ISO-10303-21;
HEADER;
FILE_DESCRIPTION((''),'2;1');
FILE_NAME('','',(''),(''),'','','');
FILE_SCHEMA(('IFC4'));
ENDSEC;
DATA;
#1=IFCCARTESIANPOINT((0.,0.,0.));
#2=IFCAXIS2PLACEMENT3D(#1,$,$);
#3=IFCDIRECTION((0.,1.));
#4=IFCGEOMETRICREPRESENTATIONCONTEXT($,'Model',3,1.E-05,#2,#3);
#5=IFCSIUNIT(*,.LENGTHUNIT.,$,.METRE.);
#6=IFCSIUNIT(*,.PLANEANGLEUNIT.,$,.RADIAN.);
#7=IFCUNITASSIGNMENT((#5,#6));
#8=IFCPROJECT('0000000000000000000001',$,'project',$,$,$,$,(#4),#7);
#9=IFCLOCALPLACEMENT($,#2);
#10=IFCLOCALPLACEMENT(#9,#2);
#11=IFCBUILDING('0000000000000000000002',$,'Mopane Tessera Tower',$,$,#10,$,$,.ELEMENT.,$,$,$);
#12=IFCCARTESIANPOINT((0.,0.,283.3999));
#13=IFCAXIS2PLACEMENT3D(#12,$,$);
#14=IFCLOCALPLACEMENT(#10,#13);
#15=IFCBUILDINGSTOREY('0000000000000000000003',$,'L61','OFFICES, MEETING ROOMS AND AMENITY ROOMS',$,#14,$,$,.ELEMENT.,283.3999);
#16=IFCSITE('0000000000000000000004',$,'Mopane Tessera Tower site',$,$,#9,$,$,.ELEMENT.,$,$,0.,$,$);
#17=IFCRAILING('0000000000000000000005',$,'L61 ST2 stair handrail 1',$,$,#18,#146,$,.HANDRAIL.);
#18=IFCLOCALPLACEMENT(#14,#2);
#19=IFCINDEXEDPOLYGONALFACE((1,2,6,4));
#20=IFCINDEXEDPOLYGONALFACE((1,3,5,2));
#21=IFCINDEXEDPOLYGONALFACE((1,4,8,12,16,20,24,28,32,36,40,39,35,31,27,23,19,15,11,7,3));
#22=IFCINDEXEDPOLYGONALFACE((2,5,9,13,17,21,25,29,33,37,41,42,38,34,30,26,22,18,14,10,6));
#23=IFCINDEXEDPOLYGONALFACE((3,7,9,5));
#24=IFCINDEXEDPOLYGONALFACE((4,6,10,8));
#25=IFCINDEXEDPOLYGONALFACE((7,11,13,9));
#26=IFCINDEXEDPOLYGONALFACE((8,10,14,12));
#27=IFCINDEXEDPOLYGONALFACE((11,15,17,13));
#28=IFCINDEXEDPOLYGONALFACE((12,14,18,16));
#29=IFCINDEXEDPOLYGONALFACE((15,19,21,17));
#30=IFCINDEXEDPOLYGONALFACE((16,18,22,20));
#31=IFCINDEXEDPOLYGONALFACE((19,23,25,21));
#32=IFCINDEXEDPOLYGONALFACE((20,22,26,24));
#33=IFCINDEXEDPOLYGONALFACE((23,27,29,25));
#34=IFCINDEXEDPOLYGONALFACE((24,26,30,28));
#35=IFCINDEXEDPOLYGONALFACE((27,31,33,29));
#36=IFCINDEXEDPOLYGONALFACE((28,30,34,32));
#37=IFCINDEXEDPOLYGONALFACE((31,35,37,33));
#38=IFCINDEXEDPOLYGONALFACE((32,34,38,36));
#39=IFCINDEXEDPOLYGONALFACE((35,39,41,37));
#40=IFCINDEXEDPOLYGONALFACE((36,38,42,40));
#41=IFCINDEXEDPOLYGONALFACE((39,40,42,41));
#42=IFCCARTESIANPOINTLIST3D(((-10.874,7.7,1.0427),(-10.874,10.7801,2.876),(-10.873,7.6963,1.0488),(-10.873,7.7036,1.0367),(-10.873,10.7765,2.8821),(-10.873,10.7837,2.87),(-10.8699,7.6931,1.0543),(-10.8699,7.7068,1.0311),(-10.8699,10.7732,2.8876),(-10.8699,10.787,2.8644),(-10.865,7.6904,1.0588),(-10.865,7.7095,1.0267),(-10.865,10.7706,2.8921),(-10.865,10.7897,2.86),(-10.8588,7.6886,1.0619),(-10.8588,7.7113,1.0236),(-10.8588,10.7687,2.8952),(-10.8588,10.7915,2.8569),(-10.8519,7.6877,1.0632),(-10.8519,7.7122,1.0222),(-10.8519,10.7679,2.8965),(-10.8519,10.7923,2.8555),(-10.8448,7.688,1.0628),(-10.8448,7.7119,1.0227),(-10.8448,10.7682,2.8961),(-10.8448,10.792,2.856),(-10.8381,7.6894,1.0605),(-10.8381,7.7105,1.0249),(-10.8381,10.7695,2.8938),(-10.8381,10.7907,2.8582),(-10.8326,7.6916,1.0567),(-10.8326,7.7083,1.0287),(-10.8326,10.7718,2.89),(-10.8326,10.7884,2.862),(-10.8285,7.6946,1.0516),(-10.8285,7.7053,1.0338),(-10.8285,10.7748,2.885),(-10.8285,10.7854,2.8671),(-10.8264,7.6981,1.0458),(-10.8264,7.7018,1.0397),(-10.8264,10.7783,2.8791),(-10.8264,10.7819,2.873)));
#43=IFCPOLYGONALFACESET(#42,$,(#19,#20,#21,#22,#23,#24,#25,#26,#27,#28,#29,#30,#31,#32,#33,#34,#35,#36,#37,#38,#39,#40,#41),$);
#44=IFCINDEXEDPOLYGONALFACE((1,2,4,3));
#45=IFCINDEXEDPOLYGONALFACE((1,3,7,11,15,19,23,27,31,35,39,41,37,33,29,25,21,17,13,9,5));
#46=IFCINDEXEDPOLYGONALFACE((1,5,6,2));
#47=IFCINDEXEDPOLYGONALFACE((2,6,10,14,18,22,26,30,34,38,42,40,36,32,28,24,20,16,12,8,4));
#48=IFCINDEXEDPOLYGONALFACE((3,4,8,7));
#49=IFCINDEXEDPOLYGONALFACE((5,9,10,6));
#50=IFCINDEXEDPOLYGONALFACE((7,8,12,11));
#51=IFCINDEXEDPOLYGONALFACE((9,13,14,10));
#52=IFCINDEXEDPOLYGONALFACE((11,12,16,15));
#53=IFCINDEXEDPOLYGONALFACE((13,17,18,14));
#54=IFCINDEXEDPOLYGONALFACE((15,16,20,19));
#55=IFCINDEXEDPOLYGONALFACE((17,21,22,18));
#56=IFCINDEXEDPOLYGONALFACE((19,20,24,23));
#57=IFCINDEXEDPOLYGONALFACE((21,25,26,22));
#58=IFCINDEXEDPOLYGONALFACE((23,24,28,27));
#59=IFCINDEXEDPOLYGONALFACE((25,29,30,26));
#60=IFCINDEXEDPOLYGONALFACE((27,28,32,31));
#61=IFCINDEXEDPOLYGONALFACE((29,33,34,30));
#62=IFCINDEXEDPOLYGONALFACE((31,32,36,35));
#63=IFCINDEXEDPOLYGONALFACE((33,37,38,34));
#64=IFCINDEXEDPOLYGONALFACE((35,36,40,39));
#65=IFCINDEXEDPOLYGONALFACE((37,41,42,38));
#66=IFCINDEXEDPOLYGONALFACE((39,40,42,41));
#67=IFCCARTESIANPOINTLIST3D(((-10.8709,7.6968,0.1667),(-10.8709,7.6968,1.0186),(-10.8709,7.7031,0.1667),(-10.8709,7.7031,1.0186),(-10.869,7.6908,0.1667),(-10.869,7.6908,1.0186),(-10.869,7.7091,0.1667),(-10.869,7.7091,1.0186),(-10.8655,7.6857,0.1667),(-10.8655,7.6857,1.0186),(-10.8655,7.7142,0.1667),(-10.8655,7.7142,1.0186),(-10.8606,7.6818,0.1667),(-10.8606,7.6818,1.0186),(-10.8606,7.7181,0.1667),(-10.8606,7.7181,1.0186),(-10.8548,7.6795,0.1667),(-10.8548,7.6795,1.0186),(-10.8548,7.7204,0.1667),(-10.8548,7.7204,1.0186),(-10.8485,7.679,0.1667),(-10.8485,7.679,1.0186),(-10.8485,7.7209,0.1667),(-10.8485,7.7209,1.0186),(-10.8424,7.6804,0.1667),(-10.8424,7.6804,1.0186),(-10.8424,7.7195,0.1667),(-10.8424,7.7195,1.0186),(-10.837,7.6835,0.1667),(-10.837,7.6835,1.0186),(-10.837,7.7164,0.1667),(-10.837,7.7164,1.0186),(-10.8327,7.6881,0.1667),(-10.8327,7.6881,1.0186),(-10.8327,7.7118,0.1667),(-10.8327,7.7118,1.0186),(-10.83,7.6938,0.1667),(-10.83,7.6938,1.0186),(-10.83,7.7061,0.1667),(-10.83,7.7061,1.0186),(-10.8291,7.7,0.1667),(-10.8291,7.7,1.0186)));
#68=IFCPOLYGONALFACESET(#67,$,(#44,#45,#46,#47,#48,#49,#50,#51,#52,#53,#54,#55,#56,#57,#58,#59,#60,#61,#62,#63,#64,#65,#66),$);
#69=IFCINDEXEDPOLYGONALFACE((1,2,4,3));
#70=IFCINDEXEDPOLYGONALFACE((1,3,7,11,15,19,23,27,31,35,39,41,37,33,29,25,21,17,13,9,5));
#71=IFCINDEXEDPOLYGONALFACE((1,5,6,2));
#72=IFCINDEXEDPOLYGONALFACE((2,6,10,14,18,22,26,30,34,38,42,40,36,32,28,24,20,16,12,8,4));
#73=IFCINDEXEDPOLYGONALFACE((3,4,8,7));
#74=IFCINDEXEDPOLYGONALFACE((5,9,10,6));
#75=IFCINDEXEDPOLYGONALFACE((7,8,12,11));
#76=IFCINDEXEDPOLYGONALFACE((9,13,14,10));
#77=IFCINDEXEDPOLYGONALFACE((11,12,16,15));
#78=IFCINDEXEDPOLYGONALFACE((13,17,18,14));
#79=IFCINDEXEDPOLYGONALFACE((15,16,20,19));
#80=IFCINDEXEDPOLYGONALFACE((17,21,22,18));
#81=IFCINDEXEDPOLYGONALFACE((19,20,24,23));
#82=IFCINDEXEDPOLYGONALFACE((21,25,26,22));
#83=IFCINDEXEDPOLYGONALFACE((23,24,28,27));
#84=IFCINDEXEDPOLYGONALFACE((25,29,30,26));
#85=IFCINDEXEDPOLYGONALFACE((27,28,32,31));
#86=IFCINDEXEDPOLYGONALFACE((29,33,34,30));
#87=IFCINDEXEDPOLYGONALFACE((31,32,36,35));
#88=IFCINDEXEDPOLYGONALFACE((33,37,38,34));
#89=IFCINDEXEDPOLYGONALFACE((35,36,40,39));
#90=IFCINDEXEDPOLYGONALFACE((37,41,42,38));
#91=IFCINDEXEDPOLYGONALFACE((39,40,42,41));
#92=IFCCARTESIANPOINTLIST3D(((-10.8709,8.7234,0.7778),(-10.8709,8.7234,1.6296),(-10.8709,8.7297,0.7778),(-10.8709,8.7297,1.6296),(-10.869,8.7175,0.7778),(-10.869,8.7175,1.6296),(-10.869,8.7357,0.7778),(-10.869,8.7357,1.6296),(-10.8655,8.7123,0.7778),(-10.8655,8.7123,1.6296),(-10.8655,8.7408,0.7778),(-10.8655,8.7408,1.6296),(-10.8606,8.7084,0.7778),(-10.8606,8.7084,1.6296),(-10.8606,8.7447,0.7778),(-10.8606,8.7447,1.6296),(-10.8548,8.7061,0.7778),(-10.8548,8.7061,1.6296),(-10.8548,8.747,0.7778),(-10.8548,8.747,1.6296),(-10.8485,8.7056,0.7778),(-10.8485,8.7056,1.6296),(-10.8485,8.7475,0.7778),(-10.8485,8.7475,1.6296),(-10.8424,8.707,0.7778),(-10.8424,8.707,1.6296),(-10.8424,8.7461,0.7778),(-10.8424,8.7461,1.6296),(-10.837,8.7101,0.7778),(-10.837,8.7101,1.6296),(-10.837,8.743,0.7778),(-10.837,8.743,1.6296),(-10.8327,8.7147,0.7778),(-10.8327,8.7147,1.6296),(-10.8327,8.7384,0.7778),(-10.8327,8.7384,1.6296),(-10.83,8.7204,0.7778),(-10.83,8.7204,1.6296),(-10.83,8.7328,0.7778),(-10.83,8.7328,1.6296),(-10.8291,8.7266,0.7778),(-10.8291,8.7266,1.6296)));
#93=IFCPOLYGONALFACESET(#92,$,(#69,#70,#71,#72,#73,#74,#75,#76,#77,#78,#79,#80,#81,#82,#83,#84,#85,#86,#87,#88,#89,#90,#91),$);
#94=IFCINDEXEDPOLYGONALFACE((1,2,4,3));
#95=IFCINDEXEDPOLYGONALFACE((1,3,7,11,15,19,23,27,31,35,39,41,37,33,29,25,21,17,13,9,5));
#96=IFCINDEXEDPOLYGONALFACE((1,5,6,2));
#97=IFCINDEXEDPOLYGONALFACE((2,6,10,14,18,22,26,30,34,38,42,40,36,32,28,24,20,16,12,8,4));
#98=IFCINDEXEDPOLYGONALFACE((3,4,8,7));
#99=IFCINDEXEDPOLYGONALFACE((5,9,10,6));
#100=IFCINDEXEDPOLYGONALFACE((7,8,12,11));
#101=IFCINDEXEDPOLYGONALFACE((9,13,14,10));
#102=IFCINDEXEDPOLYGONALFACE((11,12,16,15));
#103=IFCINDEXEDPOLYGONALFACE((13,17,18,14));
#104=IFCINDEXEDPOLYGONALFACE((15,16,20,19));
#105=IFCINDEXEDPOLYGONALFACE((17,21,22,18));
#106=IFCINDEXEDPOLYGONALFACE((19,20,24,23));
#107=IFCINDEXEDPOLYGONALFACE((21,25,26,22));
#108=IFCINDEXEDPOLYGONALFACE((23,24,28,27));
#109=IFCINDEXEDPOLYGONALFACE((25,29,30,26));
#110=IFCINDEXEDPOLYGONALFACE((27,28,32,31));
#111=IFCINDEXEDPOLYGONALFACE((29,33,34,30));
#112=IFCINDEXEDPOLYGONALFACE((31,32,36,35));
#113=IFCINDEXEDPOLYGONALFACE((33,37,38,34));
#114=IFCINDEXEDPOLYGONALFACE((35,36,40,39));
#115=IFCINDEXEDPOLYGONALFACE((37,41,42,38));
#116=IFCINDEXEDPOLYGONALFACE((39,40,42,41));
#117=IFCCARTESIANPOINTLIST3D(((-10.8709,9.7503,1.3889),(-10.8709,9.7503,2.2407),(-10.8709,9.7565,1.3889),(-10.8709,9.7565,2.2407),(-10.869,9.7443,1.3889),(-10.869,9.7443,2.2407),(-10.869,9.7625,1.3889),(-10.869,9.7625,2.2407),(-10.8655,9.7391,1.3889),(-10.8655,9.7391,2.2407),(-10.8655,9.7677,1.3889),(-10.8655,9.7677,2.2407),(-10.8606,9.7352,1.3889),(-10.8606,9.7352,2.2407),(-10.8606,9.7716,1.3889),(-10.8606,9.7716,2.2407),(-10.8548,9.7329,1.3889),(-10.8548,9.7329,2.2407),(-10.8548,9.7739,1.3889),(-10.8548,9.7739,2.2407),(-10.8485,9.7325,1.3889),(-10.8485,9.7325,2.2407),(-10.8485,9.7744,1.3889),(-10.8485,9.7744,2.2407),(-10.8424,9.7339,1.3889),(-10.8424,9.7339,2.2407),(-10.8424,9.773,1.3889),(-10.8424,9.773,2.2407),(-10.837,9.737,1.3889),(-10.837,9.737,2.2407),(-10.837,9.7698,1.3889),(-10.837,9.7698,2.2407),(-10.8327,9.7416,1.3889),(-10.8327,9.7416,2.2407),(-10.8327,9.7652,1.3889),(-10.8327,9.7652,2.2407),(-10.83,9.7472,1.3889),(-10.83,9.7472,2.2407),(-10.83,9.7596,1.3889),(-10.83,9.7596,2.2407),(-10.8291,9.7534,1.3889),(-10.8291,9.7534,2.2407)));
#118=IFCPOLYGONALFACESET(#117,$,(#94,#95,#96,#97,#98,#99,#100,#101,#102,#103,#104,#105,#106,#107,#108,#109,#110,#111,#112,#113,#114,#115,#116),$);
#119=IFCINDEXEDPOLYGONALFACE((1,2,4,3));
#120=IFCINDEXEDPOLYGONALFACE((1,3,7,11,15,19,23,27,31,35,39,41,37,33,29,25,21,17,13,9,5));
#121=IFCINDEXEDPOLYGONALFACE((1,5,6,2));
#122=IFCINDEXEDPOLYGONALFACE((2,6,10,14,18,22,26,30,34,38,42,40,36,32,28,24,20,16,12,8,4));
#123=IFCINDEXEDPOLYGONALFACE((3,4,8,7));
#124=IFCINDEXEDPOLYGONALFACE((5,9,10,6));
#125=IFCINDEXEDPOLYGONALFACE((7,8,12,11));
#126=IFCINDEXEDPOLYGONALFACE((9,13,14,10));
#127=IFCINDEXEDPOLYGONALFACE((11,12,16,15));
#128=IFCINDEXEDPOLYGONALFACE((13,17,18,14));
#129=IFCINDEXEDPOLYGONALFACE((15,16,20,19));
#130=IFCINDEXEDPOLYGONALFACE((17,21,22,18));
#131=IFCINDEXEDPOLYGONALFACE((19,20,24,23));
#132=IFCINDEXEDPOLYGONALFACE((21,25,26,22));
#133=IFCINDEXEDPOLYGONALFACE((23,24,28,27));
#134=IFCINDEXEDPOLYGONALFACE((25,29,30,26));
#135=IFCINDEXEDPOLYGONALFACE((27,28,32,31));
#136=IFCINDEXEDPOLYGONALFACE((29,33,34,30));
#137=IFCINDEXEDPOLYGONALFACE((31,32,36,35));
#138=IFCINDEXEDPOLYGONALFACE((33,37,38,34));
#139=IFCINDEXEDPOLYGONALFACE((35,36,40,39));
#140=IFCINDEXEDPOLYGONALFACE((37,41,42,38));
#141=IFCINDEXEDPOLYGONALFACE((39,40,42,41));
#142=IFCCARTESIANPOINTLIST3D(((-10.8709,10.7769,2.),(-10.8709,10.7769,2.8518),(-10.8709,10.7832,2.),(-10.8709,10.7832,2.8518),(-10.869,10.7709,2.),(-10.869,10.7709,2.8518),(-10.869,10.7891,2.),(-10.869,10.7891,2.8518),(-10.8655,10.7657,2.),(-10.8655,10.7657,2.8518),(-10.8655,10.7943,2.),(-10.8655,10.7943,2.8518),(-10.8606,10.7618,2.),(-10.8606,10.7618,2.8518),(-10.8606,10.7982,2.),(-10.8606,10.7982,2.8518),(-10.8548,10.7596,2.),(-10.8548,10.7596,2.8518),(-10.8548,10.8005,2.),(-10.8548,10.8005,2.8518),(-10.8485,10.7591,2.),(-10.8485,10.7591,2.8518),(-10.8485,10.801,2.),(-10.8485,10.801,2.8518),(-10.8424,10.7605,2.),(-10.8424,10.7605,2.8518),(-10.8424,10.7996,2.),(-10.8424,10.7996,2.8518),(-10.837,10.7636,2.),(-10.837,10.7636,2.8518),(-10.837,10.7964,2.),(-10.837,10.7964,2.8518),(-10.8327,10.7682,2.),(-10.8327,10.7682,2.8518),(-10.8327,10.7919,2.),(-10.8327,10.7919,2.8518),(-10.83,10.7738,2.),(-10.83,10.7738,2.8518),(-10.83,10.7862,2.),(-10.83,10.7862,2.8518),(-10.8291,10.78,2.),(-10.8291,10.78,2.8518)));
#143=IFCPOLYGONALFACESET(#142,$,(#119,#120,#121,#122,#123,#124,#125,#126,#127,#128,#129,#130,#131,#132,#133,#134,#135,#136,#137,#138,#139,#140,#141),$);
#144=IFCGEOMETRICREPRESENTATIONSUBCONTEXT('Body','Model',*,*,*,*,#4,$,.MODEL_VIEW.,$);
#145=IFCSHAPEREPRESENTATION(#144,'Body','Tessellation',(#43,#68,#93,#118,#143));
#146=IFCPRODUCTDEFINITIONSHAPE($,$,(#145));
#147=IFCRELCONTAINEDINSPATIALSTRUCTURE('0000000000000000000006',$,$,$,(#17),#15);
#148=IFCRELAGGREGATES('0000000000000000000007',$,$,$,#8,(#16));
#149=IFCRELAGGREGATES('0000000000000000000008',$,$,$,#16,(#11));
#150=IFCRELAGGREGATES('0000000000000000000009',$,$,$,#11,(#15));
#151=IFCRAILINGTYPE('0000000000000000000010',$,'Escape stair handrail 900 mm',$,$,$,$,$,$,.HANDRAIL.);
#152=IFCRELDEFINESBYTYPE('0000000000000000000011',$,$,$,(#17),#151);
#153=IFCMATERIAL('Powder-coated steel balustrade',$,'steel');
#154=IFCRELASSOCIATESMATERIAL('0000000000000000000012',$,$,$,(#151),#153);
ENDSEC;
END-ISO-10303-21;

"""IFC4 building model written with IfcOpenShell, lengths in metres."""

from ifc_helpers import new_model, si_unit, direction, frame, origin, origin_2d, place, context, subcontext, project, spatial, circle, extrude, material, type_object, element, save


model = new_model("IFC4")

# Units and contexts
model_context = context("Model", 3, precision=1e-05, world=origin(), true_north=direction((0.0, 1.0)))
body_context = subcontext(model_context, "Body", "Model", "MODEL_VIEW")
ifc_project = project(units=[si_unit("LENGTHUNIT", "METRE"), si_unit("PLANEANGLEUNIT", "RADIAN")], contexts=[model_context])

# Site, building, storey
site_placement = place(None, origin())
site = spatial("IfcSite", under=ifc_project, at=site_placement, Name="Mopane Tessera Tower site", CompositionType="ELEMENT", RefElevation=0.0)
building_placement = place(site_placement, origin())
building = spatial("IfcBuilding", under=site, at=building_placement, Name="Mopane Tessera Tower", CompositionType="ELEMENT")
storey_placement = place(building_placement, frame((0.0, 0.0, 283.3999)))
storey = spatial("IfcBuildingStorey", under=building, at=storey_placement, Name="L61", Description="OFFICES, MEETING ROOMS AND AMENITY ROOMS", CompositionType="ELEMENT", Elevation=283.3999)

# Railing
ifc_material_1 = material(Name="Powder-coated steel balustrade", Category="steel")
railing_type_1 = type_object("IfcRailingType", Name="Escape stair handrail 900 mm", PredefinedType="HANDRAIL", material=ifc_material_1)
railing_1_placement = place(storey_placement, frame((-10.8501, 7.7, 0.1667)))
element("IfcRailing", 1, at=railing_1_placement, inside=storey, type_object=railing_type_1, Name="L61 ST2 stair handrail 1", PredefinedType="HANDRAIL", context=body_context, shape_type="SweptSolid", body=[
    extrude(circle(Radius=0.0239, at=origin_2d()), frame((0.0, 0.0, 0.876), z_axis=(0.0, 0.859309, 0.511458), x_axis=(-1.0, 0.0, 0.0)), (0.0, 0.0, 1.0), 3.5845),
    extrude(circle(Radius=0.021, at=origin_2d()), origin(), (0.0, 0.0, 1.0), 0.8518),
    extrude(circle(Radius=0.021, at=origin_2d()), frame((0.0, 1.0266, 0.6111)), (0.0, 0.0, 1.0), 0.8518),
    extrude(circle(Radius=0.021, at=origin_2d()), frame((0.0, 2.0535, 1.2222)), (0.0, 0.0, 1.0), 0.8518),
    extrude(circle(Radius=0.021, at=origin_2d()), frame((0.0, 3.0801, 1.8333)), (0.0, 0.0, 1.0), 0.8518),
])

save(model, "model.ifc")
